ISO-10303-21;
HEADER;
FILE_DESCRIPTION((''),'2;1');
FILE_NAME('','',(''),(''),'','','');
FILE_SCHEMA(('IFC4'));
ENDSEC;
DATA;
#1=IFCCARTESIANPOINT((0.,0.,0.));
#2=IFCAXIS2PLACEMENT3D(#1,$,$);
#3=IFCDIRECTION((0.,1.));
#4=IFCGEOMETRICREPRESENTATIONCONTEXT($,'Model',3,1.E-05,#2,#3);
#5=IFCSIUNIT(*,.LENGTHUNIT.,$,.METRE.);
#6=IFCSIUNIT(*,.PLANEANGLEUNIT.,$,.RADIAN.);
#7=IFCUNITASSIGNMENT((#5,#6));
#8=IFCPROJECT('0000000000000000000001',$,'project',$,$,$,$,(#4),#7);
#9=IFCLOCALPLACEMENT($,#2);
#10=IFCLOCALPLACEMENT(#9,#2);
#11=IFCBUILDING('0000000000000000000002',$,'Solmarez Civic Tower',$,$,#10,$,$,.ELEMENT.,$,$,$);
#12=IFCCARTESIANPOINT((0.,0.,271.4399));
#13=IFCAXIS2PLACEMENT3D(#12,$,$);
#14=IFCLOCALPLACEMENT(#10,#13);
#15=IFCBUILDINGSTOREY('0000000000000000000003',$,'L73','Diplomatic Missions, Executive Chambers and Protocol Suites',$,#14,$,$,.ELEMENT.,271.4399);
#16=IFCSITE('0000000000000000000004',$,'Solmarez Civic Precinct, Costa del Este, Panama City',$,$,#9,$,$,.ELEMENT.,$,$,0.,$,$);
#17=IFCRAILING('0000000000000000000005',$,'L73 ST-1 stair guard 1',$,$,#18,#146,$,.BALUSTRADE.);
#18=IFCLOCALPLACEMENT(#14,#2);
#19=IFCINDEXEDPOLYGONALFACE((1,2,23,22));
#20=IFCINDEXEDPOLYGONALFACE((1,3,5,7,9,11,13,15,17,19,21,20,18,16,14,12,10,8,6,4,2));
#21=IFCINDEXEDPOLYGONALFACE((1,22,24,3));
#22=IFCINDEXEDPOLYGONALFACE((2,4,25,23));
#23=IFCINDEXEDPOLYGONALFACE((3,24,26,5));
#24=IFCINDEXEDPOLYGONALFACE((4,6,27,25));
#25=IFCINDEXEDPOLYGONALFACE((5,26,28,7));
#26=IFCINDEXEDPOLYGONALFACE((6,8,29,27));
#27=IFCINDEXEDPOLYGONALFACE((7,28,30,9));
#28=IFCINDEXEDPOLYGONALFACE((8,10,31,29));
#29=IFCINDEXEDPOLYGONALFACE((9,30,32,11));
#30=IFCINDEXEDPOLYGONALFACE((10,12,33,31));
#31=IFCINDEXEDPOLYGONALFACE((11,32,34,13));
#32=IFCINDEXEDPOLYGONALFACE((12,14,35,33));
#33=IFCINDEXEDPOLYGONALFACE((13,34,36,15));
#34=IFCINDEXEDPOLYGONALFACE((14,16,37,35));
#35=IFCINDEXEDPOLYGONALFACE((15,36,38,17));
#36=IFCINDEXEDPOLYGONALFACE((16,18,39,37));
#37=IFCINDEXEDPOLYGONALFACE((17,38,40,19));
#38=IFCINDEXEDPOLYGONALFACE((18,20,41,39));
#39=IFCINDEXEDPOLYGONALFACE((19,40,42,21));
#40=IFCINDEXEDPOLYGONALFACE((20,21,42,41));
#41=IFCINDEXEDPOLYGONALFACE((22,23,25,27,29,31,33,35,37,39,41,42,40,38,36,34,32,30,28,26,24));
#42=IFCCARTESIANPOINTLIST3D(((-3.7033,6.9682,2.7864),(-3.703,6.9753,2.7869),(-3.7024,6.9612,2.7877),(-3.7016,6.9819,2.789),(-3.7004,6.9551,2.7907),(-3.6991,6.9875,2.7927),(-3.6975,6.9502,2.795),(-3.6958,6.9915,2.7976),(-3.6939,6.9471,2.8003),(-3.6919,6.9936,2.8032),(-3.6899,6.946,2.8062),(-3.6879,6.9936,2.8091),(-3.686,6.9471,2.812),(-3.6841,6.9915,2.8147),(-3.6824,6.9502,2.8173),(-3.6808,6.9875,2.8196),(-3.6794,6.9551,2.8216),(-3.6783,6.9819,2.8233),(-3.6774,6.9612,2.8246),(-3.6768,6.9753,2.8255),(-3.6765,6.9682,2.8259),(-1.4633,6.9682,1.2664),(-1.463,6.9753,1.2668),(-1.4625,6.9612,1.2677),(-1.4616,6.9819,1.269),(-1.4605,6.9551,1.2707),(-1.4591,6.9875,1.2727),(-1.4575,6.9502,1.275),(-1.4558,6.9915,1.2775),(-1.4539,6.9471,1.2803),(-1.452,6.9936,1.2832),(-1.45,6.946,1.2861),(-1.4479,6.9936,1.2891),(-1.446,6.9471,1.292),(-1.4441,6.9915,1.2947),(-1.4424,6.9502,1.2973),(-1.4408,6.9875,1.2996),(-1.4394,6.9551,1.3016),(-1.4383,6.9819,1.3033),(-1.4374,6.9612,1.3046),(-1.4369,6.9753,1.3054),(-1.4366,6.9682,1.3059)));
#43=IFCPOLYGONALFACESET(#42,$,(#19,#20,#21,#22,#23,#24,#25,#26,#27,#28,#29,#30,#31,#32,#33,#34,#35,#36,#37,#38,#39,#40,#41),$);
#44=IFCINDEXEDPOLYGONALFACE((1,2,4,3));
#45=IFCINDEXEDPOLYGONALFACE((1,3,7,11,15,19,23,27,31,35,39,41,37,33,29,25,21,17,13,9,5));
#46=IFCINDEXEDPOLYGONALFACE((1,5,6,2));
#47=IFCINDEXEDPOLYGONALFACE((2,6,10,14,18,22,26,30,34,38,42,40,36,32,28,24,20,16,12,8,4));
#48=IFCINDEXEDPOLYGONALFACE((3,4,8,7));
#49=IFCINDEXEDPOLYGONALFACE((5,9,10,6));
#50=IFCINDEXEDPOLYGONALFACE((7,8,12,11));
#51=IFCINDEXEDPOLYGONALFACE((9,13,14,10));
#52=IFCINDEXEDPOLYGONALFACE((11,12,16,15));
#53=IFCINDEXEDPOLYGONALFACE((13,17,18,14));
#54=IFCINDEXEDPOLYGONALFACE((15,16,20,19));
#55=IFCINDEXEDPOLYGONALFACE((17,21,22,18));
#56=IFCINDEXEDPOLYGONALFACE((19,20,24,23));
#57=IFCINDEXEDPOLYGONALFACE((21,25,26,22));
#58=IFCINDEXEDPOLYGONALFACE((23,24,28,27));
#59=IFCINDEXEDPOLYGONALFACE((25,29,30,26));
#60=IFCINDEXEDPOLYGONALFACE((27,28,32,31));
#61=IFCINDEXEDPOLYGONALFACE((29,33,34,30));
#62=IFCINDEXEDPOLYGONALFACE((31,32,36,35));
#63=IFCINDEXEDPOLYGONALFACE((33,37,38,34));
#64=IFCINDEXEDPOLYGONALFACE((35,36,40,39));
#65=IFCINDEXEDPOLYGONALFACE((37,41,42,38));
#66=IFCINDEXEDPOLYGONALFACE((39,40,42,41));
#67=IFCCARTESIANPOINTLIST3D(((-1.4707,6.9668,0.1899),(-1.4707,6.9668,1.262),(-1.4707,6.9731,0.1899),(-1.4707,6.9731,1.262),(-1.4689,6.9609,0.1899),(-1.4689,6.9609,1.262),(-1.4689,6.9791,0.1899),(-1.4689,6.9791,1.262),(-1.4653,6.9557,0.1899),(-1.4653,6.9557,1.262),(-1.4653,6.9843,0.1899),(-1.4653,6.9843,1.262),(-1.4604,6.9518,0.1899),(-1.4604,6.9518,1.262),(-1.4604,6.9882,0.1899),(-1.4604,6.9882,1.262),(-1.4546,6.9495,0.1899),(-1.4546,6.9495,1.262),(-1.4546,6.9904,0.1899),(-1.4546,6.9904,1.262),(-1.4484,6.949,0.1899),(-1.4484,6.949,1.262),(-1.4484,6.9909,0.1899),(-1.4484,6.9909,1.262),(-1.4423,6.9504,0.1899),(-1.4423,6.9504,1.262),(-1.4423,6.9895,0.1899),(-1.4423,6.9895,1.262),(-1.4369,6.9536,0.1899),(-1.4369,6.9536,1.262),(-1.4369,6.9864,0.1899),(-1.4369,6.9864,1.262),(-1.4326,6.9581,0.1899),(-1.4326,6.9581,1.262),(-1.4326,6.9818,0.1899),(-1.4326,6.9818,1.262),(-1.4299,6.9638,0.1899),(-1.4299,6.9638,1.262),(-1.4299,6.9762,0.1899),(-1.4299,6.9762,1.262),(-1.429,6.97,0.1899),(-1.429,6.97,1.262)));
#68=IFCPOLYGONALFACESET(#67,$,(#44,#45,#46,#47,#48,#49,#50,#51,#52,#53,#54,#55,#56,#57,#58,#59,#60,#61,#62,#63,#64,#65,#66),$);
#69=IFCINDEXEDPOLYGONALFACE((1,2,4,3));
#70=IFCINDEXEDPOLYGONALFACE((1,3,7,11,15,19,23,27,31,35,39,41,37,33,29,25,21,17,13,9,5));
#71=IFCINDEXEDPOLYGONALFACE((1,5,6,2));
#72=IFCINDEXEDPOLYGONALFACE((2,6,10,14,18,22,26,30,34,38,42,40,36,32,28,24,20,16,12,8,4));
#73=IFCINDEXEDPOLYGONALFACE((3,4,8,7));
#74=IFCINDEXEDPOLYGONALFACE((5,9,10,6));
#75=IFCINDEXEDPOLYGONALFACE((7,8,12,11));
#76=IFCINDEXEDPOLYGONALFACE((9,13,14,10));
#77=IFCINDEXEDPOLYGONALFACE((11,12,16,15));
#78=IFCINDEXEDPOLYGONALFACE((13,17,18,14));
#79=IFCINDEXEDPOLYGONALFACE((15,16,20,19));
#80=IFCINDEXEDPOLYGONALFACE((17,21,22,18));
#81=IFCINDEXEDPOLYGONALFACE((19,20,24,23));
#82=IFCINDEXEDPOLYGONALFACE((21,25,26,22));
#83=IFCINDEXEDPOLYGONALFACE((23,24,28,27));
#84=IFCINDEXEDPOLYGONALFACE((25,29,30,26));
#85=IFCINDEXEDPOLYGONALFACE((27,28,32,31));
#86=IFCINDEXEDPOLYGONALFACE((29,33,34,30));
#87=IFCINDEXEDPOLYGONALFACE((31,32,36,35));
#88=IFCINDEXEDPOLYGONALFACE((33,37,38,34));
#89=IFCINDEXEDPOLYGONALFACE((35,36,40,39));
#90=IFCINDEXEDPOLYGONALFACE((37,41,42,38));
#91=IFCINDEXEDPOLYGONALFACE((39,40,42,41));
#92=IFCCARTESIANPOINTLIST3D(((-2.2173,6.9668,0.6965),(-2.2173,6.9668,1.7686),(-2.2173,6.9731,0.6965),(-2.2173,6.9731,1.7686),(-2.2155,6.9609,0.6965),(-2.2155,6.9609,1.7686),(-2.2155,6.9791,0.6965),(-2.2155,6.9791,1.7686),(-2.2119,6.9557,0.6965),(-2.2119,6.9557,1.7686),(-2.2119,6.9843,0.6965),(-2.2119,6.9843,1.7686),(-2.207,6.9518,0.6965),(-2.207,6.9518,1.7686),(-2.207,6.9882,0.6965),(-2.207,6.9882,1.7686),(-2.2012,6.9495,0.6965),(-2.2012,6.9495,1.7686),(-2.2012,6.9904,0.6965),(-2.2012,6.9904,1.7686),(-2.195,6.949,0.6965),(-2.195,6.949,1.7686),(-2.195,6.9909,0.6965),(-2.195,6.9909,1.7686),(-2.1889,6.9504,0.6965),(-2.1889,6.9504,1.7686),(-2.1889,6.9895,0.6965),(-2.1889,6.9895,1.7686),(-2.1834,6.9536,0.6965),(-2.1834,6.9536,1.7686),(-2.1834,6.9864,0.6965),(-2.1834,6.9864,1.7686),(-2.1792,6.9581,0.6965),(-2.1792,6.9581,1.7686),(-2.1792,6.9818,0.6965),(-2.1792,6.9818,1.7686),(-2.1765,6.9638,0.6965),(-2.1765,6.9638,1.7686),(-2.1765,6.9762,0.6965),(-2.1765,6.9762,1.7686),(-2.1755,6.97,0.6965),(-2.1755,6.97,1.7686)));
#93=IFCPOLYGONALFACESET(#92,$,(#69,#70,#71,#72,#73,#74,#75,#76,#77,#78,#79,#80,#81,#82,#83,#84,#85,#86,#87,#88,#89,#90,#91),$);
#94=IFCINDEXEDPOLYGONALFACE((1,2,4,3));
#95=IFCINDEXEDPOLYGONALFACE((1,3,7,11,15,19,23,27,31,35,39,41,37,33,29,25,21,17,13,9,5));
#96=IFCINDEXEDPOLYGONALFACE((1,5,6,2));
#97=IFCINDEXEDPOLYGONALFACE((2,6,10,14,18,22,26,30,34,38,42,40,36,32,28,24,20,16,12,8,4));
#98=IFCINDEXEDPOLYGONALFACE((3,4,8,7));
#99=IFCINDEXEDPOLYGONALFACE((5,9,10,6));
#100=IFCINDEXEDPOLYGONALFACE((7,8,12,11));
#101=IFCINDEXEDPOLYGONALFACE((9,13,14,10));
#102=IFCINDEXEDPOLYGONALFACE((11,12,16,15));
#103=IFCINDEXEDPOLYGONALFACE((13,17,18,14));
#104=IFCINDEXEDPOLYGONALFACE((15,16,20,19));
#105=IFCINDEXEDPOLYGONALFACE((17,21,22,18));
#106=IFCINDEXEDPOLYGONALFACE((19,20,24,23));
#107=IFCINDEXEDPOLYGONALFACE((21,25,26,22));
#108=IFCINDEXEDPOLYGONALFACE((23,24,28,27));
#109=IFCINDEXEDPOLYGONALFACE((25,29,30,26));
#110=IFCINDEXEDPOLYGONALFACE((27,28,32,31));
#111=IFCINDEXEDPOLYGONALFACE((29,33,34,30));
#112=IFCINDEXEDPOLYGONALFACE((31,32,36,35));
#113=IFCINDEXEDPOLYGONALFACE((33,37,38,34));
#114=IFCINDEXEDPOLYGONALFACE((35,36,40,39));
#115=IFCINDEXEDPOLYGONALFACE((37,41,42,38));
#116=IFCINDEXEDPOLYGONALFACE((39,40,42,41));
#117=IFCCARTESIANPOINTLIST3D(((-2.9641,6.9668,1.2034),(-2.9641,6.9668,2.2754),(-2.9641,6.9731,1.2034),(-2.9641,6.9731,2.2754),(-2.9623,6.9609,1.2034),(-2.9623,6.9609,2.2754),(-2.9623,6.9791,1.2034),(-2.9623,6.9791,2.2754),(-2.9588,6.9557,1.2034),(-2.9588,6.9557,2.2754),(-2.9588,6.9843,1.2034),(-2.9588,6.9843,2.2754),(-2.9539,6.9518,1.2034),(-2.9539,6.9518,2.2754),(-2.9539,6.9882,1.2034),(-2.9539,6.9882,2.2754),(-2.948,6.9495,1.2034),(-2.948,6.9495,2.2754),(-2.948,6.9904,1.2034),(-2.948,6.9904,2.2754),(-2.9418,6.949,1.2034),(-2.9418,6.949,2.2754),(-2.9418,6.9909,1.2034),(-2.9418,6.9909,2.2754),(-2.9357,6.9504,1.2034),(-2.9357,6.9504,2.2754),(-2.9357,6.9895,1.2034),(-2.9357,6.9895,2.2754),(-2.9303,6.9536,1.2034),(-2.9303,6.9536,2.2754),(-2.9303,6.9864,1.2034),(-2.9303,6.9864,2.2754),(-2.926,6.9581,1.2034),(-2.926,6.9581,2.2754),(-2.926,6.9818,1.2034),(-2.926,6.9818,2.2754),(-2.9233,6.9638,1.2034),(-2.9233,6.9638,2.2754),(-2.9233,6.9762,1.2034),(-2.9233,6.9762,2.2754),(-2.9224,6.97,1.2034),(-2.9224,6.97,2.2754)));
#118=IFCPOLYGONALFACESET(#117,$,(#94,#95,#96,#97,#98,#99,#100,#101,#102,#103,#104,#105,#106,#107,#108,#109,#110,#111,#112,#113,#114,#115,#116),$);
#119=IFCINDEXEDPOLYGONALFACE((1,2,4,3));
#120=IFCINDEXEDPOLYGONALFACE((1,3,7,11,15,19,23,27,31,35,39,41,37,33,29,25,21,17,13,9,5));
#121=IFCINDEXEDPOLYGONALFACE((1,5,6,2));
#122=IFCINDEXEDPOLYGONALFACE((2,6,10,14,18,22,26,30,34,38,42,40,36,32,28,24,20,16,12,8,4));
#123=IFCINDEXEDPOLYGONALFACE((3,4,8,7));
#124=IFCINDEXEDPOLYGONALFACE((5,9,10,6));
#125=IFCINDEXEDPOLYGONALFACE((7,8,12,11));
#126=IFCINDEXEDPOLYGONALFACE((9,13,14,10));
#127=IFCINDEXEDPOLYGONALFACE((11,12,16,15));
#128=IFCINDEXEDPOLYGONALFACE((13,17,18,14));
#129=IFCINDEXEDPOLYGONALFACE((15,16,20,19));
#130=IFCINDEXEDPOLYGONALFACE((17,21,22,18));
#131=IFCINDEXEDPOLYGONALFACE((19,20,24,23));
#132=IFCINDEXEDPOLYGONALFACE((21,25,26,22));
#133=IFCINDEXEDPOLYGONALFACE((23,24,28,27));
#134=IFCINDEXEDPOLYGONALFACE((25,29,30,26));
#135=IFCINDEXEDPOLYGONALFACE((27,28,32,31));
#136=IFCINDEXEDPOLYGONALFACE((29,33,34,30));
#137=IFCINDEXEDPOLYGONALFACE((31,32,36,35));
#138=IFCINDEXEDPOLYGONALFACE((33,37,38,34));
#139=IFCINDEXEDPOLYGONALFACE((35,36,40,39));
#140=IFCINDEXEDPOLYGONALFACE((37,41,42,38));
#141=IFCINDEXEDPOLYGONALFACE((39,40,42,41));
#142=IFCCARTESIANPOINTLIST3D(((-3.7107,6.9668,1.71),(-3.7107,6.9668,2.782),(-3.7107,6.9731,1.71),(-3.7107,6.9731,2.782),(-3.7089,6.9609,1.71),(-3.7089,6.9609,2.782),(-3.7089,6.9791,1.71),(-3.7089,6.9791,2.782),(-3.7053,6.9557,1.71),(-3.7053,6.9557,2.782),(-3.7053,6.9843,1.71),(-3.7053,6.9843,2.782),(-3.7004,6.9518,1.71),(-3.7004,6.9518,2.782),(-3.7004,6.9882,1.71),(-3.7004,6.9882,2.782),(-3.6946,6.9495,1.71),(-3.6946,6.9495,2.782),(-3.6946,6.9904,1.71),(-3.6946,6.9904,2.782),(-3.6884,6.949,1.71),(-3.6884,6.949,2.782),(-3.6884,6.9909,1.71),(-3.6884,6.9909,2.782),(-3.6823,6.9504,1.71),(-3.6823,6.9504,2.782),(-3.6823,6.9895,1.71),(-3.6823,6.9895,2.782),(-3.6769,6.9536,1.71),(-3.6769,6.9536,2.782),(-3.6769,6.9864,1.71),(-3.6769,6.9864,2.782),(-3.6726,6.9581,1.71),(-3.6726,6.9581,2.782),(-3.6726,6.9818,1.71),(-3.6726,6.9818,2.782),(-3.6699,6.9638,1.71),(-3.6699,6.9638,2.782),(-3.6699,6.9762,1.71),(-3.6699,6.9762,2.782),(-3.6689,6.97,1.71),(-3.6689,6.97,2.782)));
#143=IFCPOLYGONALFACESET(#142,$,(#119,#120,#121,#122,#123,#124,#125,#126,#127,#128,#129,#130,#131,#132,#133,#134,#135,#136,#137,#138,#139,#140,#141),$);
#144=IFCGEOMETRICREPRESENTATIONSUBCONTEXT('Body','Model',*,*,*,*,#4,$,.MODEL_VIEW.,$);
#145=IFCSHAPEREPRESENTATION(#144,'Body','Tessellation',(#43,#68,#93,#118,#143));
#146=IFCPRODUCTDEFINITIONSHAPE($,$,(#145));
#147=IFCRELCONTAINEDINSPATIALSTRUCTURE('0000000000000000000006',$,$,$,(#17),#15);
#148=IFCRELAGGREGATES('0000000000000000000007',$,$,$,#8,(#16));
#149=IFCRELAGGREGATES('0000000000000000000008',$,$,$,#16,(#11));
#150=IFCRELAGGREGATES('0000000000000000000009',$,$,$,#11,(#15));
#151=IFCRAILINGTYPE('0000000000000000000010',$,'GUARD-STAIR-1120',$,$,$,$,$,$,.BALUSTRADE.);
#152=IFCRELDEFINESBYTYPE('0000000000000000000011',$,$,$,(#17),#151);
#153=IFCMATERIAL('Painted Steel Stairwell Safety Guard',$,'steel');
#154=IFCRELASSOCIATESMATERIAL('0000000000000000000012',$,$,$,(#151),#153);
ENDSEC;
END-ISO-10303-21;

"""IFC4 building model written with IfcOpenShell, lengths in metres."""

from ifc_helpers import new_model, si_unit, direction, frame, origin, origin_2d, place, context, subcontext, project, spatial, circle, extrude, material, type_object, element, save


model = new_model("IFC4")

# Units and contexts
model_context = context("Model", 3, precision=1e-05, world=origin(), true_north=direction((0.0, 1.0)))
body_context = subcontext(model_context, "Body", "Model", "MODEL_VIEW")
ifc_project = project(units=[si_unit("LENGTHUNIT", "METRE"), si_unit("PLANEANGLEUNIT", "RADIAN")], contexts=[model_context])

# Site, building, storey
site_placement = place(None, origin())
site = spatial("IfcSite", under=ifc_project, at=site_placement, Name="Solmarez Civic Precinct, Costa del Este, Panama City", CompositionType="ELEMENT", RefElevation=0.0)
building_placement = place(site_placement, origin())
building = spatial("IfcBuilding", under=site, at=building_placement, Name="Solmarez Civic Tower", CompositionType="ELEMENT")
storey_placement = place(building_placement, frame((0.0, 0.0, 271.4399)))
storey = spatial("IfcBuildingStorey", under=building, at=storey_placement, Name="L73", Description="Diplomatic Missions, Executive Chambers and Protocol Suites", CompositionType="ELEMENT", Elevation=271.4399)

# Railing
ifc_material_1 = material(Name="Painted Steel Stairwell Safety Guard", Category="steel")
railing_type_1 = type_object("IfcRailingType", Name="GUARD-STAIR-1120", PredefinedType="BALUSTRADE", material=ifc_material_1)
railing_1_placement = place(storey_placement, frame((-1.45, 6.97, 0.1899)))
element("IfcRailing", 1, at=railing_1_placement, inside=storey, type_object=railing_type_1, Name="L73 ST-1 stair guard 1", PredefinedType="BALUSTRADE", context=body_context, shape_type="SweptSolid", body=[
    extrude(circle(Radius=0.0239, at=origin_2d()), frame((0.0, 0.0, 1.0962), z_axis=(-0.827471, 0.0, 0.561508), x_axis=(0.0, -1.0, 0.0)), (0.0, 0.0, 1.0), 2.707),
    extrude(circle(Radius=0.021, at=origin_2d()), origin(), (0.0, 0.0, 1.0), 1.072),
    extrude(circle(Radius=0.021, at=origin_2d()), frame((-0.7466, 0.0, 0.5066)), (0.0, 0.0, 1.0), 1.072),
    extrude(circle(Radius=0.021, at=origin_2d()), frame((-1.4934, 0.0, 1.0134)), (0.0, 0.0, 1.0), 1.072),
    extrude(circle(Radius=0.021, at=origin_2d()), frame((-2.24, 0.0, 1.52)), (0.0, 0.0, 1.0), 1.072),
])

save(model, "model.ifc")
